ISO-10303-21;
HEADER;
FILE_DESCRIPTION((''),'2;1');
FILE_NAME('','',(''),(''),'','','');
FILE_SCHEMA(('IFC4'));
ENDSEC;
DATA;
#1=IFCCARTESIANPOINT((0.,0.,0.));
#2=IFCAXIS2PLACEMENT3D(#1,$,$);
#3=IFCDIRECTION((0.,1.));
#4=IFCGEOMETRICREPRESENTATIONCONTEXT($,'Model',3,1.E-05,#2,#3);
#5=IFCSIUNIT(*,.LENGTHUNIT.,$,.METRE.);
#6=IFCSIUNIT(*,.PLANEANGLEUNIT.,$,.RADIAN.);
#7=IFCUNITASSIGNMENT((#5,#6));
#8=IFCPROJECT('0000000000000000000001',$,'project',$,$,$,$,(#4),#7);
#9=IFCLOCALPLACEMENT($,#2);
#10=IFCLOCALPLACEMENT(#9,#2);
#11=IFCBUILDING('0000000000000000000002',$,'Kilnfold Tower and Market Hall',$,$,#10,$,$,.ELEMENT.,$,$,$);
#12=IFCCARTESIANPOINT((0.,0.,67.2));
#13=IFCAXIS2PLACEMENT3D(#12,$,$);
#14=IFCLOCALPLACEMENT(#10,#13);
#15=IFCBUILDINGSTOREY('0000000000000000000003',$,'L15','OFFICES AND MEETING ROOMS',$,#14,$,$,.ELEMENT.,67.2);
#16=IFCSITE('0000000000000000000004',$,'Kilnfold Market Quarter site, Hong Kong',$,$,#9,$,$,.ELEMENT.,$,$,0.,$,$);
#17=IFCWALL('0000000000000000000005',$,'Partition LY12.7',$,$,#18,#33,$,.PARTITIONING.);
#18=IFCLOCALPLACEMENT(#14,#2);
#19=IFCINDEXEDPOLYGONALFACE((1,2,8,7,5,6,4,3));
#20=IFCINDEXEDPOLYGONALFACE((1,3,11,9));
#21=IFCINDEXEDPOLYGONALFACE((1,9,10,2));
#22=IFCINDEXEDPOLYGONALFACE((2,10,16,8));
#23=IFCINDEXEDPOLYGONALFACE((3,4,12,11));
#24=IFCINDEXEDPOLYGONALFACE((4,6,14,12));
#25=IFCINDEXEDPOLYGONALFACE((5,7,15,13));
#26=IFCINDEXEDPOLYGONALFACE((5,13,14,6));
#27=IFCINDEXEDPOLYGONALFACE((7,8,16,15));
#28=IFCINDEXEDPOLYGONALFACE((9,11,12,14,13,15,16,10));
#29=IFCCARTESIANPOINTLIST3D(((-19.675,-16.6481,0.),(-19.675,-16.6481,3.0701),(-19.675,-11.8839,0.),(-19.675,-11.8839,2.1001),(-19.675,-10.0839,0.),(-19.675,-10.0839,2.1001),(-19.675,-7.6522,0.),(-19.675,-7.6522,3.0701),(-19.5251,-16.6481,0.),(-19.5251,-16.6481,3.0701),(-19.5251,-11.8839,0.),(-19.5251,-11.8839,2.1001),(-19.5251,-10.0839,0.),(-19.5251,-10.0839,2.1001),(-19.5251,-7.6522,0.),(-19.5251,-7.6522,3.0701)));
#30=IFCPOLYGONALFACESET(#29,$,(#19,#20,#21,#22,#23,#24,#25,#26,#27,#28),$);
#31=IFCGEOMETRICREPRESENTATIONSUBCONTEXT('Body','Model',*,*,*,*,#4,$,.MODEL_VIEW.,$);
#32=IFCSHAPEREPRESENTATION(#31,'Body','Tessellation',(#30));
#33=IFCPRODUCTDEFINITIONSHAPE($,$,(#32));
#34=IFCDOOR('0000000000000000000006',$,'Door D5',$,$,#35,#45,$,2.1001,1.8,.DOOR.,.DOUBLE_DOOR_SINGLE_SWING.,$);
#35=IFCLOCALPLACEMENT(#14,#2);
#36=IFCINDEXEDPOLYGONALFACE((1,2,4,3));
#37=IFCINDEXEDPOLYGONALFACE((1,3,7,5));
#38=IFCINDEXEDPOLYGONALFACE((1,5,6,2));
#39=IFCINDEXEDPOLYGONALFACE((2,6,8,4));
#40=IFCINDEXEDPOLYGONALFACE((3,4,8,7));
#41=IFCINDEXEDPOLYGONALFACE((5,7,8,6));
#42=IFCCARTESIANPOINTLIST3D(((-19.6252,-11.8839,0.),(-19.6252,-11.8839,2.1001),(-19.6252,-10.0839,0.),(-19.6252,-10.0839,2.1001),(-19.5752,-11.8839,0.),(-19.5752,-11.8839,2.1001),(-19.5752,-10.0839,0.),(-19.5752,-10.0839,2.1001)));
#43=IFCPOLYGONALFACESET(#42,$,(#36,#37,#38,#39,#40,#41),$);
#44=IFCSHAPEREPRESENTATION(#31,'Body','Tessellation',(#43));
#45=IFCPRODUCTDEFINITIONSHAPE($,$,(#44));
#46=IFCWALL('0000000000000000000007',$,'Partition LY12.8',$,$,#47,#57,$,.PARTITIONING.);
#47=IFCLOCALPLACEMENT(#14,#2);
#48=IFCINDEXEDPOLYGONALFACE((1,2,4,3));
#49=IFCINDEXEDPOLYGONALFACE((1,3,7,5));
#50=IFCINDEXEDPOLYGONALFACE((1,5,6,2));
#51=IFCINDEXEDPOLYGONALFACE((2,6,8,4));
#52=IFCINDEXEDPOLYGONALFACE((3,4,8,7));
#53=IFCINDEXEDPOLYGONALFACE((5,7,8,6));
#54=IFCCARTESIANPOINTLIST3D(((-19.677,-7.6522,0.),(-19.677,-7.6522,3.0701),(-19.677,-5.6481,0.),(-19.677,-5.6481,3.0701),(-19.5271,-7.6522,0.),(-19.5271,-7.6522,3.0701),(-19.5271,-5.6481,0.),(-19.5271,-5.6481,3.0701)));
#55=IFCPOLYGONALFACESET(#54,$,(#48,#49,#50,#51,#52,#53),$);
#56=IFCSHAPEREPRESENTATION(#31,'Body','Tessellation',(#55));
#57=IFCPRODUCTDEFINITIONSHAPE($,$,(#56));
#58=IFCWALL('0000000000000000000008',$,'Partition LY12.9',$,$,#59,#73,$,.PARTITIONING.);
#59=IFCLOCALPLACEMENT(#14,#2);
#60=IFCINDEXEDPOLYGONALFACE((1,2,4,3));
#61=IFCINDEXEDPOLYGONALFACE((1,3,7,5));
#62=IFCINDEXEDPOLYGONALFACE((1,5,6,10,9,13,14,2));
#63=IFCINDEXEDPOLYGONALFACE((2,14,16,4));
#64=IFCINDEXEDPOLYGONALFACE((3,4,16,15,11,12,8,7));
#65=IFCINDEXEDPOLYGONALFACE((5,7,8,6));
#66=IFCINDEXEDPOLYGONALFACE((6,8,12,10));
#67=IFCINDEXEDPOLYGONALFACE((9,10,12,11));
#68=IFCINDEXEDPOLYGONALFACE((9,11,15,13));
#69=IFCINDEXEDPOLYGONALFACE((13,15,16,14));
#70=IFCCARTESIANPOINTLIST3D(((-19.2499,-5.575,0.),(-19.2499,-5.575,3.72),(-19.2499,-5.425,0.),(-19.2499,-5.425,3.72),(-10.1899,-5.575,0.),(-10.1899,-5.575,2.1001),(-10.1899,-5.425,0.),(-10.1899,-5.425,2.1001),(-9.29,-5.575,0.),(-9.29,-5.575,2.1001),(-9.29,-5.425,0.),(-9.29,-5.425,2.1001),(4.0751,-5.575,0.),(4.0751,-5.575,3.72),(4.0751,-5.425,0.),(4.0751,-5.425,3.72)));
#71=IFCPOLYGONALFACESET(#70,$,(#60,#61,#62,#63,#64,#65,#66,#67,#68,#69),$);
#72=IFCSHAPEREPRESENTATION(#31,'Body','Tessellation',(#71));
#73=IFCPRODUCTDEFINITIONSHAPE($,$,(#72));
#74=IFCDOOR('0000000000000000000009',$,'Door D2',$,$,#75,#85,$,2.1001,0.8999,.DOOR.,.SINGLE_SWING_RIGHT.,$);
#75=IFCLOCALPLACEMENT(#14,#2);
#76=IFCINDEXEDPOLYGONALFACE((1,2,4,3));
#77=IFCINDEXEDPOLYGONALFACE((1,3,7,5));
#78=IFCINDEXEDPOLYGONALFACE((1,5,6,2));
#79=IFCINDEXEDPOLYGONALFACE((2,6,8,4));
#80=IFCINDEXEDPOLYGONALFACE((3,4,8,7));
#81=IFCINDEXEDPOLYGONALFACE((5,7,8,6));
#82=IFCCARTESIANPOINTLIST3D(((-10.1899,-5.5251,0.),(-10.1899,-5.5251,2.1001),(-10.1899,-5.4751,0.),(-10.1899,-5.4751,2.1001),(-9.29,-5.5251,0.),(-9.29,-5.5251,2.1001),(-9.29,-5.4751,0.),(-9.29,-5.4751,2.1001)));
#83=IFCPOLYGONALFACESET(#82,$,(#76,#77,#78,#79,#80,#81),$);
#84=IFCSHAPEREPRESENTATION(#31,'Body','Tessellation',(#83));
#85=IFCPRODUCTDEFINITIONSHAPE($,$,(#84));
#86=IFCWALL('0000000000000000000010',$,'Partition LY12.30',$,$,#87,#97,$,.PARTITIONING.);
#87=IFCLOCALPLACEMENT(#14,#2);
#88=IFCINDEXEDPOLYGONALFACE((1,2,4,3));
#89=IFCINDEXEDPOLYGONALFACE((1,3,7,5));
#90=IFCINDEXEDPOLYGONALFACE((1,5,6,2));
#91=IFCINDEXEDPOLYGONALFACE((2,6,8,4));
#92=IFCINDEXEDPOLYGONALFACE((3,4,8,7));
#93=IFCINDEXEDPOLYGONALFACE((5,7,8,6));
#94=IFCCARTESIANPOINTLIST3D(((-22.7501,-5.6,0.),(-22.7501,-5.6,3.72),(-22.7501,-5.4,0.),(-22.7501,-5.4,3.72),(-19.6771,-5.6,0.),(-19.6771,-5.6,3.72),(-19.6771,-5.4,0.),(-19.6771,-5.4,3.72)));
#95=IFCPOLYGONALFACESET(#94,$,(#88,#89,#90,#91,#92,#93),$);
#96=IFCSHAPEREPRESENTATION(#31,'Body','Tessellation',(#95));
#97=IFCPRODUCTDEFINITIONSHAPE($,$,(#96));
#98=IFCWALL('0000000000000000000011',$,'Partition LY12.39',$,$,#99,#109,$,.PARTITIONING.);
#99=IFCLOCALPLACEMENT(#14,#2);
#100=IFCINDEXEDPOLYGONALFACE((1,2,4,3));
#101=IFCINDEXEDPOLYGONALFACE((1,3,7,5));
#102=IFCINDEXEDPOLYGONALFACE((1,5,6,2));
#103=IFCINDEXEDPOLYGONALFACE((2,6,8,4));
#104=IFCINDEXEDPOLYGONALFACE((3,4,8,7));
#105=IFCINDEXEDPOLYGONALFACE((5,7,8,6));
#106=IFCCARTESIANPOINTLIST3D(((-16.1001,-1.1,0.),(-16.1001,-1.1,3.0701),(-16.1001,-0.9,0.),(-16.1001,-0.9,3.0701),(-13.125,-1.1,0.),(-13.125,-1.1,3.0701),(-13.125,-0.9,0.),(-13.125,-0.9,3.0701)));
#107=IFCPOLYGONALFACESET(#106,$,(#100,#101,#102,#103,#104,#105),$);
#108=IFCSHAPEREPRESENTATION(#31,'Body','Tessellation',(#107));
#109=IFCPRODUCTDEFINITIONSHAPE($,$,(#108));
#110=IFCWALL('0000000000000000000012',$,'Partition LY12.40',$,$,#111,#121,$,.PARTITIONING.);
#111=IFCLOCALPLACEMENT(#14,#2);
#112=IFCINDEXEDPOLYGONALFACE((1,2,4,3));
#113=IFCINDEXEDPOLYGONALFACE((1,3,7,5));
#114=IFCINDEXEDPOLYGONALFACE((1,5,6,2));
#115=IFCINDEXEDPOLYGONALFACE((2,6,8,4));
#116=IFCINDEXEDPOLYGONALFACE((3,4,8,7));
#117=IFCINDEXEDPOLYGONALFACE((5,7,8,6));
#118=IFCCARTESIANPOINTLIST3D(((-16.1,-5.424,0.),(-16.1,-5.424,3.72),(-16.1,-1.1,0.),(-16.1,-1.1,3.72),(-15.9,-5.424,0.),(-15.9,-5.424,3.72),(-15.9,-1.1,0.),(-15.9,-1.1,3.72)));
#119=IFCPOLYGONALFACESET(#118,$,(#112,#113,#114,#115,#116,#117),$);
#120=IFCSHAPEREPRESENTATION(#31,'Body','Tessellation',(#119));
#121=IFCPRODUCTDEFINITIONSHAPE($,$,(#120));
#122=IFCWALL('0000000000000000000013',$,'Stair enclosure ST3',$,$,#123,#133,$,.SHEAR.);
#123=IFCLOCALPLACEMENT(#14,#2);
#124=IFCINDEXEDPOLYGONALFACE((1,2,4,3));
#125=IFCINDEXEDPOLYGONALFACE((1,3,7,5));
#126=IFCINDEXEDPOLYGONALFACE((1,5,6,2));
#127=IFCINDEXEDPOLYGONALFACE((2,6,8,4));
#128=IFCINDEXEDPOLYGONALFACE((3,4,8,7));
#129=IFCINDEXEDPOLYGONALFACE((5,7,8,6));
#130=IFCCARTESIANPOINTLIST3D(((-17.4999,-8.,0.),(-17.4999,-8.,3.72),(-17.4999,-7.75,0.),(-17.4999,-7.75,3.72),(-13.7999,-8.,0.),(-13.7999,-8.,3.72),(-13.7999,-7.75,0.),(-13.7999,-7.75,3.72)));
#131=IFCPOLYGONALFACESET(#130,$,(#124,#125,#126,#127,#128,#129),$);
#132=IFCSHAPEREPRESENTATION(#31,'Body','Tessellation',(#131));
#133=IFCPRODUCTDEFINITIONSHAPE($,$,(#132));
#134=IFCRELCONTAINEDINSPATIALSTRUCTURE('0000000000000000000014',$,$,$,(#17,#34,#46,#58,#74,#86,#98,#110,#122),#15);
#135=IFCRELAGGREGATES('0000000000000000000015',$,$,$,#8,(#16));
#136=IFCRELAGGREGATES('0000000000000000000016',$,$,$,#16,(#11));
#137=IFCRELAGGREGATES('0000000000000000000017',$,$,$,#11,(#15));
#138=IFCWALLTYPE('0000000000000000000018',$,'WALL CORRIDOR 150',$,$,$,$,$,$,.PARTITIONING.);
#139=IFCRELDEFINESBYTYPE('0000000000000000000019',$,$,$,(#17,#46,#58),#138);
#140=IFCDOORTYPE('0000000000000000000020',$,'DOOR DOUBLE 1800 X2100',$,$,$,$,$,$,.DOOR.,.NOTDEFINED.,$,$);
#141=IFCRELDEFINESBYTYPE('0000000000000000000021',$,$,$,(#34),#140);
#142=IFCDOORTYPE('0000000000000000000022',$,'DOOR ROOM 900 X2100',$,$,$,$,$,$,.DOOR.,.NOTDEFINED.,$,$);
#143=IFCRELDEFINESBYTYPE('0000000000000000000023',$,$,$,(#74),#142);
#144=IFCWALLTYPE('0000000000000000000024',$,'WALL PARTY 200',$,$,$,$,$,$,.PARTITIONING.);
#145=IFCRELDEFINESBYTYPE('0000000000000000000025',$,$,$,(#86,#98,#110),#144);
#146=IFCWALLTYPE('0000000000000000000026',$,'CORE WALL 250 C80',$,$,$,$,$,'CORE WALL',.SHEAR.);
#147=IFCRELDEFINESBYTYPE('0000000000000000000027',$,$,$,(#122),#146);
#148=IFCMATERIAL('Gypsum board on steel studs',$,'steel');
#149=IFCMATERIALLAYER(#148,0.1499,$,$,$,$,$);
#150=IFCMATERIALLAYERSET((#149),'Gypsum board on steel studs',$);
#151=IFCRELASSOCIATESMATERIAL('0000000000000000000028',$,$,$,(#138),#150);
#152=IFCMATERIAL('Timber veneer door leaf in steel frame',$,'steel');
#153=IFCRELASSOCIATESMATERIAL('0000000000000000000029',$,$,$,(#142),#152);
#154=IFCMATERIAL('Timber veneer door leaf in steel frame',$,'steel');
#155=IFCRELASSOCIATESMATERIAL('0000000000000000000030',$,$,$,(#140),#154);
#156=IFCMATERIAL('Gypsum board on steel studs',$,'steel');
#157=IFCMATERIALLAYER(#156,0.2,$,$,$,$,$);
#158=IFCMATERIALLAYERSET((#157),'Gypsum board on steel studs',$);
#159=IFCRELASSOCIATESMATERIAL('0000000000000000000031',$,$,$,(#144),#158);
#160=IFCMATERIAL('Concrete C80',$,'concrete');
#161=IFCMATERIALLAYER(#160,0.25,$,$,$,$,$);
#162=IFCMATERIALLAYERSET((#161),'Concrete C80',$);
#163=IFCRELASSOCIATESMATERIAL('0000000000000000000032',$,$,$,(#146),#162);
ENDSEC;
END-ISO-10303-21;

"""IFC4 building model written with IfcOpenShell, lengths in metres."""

from ifc_helpers import new_model, si_unit, direction, frame, frame_2d, origin, place, context, subcontext, project, spatial, rectangle, extrude, source, transform, mapped, material, layer, layer_set, type_object, element, fill, save


model = new_model("IFC4")

# Units and contexts
model_context = context("Model", 3, precision=1e-05, world=origin(), true_north=direction((0.0, 1.0)))
body_context = subcontext(model_context, "Body", "Model", "MODEL_VIEW")
ifc_project = project(units=[si_unit("LENGTHUNIT", "METRE"), si_unit("PLANEANGLEUNIT", "RADIAN")], contexts=[model_context])

# Site, building, storey
site_placement = place(None, origin())
site = spatial("IfcSite", under=ifc_project, at=site_placement, Name="Kilnfold Market Quarter site, Hong Kong", CompositionType="ELEMENT", RefElevation=0.0)
building_placement = place(site_placement, origin())
building = spatial("IfcBuilding", under=site, at=building_placement, Name="Kilnfold Tower and Market Hall", CompositionType="ELEMENT")
storey_placement = place(building_placement, frame((0.0, 0.0, 67.2)))
storey = spatial("IfcBuildingStorey", under=building, at=storey_placement, Name="L15", Description="OFFICES AND MEETING ROOMS", CompositionType="ELEMENT", Elevation=67.2)

# Shared definitions
ifc_material_1 = material(Name="Gypsum board on steel studs", Category="steel")
ifc_layer_1 = layer(ifc_material_1, 0.1499)
ifc_layer_set_1 = layer_set([ifc_layer_1], Name="Gypsum board on steel studs")
wall_type_1 = type_object("IfcWallType", Name="WALL CORRIDOR 150", PredefinedType="PARTITIONING", material=ifc_layer_set_1)

# Shared definitions
ifc_material_2 = material(Name="Timber veneer door leaf in steel frame", Category="steel")
door_type_1 = type_object("IfcDoorType", Name="DOOR ROOM 900 X2100", OperationType="NOTDEFINED", PredefinedType="DOOR", material=ifc_material_2)

# Wall, opening, door
wall_1_placement = place(storey_placement, frame((-19.6001, -7.6521, 0.0), z_axis=(0.0, 0.0, 1.0), x_axis=(0.0, -1.0, 0.0)))
wall_1 = element("IfcWall", 1, at=wall_1_placement, inside=storey, type_object=wall_type_1, Name="Partition LY12.7", PredefinedType="PARTITIONING", context=body_context, shape_type="SweptSolid", body=[
    extrude(rectangle(XDim=8.9958, YDim=0.1499, at=frame_2d((4.498, 0.0))), origin(), (0.0, 0.0, 1.0), 3.0701),
])
opening_1_placement = place(wall_1_placement, frame((2.4319, 0.0, 0.0)))
opening_1 = element("IfcOpeningElement", 2, at=opening_1_placement, cuts=wall_1, PredefinedType="OPENING", context=body_context, shape_type="SweptSolid", body=[
    extrude(rectangle(XDim=1.8, YDim=2.1001, at=frame_2d((0.8999, 1.05))), frame((0.0, 0.085, 0.0), z_axis=(0.0, -1.0, 0.0), x_axis=(1.0, 0.0, 0.0)), (0.0, 0.0, 1.0), 0.1699),
])
ifc_material_3 = material(Name="Timber veneer door leaf in steel frame", Category="steel")
door_type_2 = type_object("IfcDoorType", Name="DOOR DOUBLE 1800 X2100", OperationType="NOTDEFINED", PredefinedType="DOOR", material=ifc_material_3)
door_1_placement = place(opening_1_placement, origin())
door_1 = element("IfcDoor", 3, at=door_1_placement, inside=storey, type_object=door_type_2, Name="Door D5", OperationType="DOUBLE_DOOR_SINGLE_SWING", OverallHeight=2.1001, OverallWidth=1.8, PredefinedType="DOOR", context=body_context, shape_type="SweptSolid", body=[
    extrude(rectangle(XDim=1.8, YDim=2.1001, at=frame_2d((0.8999, 1.05))), frame((0.0, 0.0249, 0.0), z_axis=(0.0, -1.0, 0.0), x_axis=(1.0, 0.0, 0.0)), (0.0, 0.0, 1.0), 0.05),
])
fill(opening_1, door_1)

# Wall
wall_2_placement = place(storey_placement, frame((-19.6021, -7.6521, 0.0), z_axis=(0.0, 0.0, 1.0), x_axis=(0.0, 1.0, 0.0)))
element("IfcWall", 4, at=wall_2_placement, inside=storey, type_object=wall_type_1, Name="Partition LY12.8", PredefinedType="PARTITIONING", context=body_context, shape_type="SweptSolid", body=[
    extrude(rectangle(XDim=2.0042, YDim=0.1499, at=frame_2d((1.002, 0.0))), origin(), (0.0, 0.0, 1.0), 3.0701),
])

# Wall, opening, door
wall_3_placement = place(storey_placement, frame((-19.25, -5.5, 0.0), z_axis=(0.0, 0.0, 1.0), x_axis=(1.0, 0.0, 0.0)))
wall_3 = element("IfcWall", 5, at=wall_3_placement, inside=storey, type_object=wall_type_1, Name="Partition LY12.9", PredefinedType="PARTITIONING", context=body_context, shape_type="SweptSolid", body=[
    extrude(rectangle(XDim=23.325, YDim=0.1499, at=frame_2d((11.6626, 0.0))), origin(), (0.0, 0.0, 1.0), 3.72),
])
opening_2_placement = place(wall_3_placement, frame((9.0601, 0.0, 0.0)))
opening_2 = element("IfcOpeningElement", 6, at=opening_2_placement, cuts=wall_3, PredefinedType="OPENING", context=body_context, shape_type="SweptSolid", body=[
    extrude(rectangle(XDim=0.8999, YDim=2.1001, at=frame_2d((0.45, 1.05))), frame((0.0, 0.085, 0.0), z_axis=(0.0, -1.0, 0.0), x_axis=(1.0, 0.0, 0.0)), (0.0, 0.0, 1.0), 0.1699),
])
door_2_placement = place(opening_2_placement, origin())
door_2 = element("IfcDoor", 7, at=door_2_placement, inside=storey, type_object=door_type_1, Name="Door D2", OperationType="SINGLE_SWING_RIGHT", OverallHeight=2.1001, OverallWidth=0.8999, PredefinedType="DOOR", context=body_context, shape_type="SweptSolid", body=[
    extrude(rectangle(XDim=0.8999, YDim=2.1001, at=frame_2d((0.45, 1.05))), frame((0.0, 0.0249, 0.0), z_axis=(0.0, -1.0, 0.0), x_axis=(1.0, 0.0, 0.0)), (0.0, 0.0, 1.0), 0.05),
])
fill(opening_2, door_2)

# Walls
ifc_material_4 = material(Name="Gypsum board on steel studs", Category="steel")
ifc_layer_2 = layer(ifc_material_4, 0.2)
ifc_layer_set_2 = layer_set([ifc_layer_2], Name="Gypsum board on steel studs")
wall_type_2 = type_object("IfcWallType", Name="WALL PARTY 200", PredefinedType="PARTITIONING", material=ifc_layer_set_2)
wall_4_placement = place(storey_placement, frame((-19.677, -5.5, 0.0), z_axis=(0.0, 0.0, 1.0), x_axis=(-1.0, 0.0, 0.0)))
element("IfcWall", 8, at=wall_4_placement, inside=storey, type_object=wall_type_2, Name="Partition LY12.30", PredefinedType="PARTITIONING", context=body_context, shape_type="SweptSolid", body=[
    extrude(rectangle(XDim=3.073, YDim=0.2, at=frame_2d((1.5366, 0.0))), origin(), (0.0, 0.0, 1.0), 3.72),
])
wall_5_placement = place(storey_placement, frame((-16.1001, -1.0, 0.0), z_axis=(0.0, 0.0, 1.0), x_axis=(1.0, 0.0, 0.0)))
element("IfcWall", 9, at=wall_5_placement, inside=storey, type_object=wall_type_2, Name="Partition LY12.39", PredefinedType="PARTITIONING", context=body_context, shape_type="SweptSolid", body=[
    extrude(rectangle(XDim=2.9751, YDim=0.2, at=frame_2d((1.4875, 0.0))), origin(), (0.0, 0.0, 1.0), 3.0701),
])
wall_6_placement = place(storey_placement, frame((-16.0, -5.4241, 0.0), z_axis=(0.0, 0.0, 1.0), x_axis=(0.0, 1.0, 0.0)))
element("IfcWall", 10, at=wall_6_placement, inside=storey, type_object=wall_type_2, Name="Partition LY12.40", PredefinedType="PARTITIONING", context=body_context, shape_type="SweptSolid", body=[
    extrude(rectangle(XDim=4.324, YDim=0.2, at=frame_2d((2.1621, 0.0))), origin(), (0.0, 0.0, 1.0), 3.72),
])
ifc_material_5 = material(Name="Concrete C80", Category="concrete")
ifc_layer_3 = layer(ifc_material_5, 0.25)
ifc_layer_set_3 = layer_set([ifc_layer_3], Name="Concrete C80")
wall_type_3 = type_object("IfcWallType", Name="CORE WALL 250 C80", ElementType="CORE WALL", PredefinedType="SHEAR", material=ifc_layer_set_3)
shared_shape_1 = source(origin(), body_context, "Body", "SweptSolid", [
    extrude(rectangle(XDim=3.7, YDim=0.25, at=frame_2d((1.8501, 0.0))), origin(), (0.0, 0.0, 1.0), 3.72),
])
wall_7_placement = place(storey_placement, frame((-17.5, -7.875, 0.0), z_axis=(0.0, 0.0, 1.0), x_axis=(1.0, 0.0, 0.0)))
element("IfcWall", 11, at=wall_7_placement, inside=storey, type_object=wall_type_3, Name="Stair enclosure ST3", PredefinedType="SHEAR", context=body_context, shape_type="MappedRepresentation", body=[
    mapped(shared_shape_1, transform((0.0, 0.0, 0.0))),
])

save(model, "model.ifc")
